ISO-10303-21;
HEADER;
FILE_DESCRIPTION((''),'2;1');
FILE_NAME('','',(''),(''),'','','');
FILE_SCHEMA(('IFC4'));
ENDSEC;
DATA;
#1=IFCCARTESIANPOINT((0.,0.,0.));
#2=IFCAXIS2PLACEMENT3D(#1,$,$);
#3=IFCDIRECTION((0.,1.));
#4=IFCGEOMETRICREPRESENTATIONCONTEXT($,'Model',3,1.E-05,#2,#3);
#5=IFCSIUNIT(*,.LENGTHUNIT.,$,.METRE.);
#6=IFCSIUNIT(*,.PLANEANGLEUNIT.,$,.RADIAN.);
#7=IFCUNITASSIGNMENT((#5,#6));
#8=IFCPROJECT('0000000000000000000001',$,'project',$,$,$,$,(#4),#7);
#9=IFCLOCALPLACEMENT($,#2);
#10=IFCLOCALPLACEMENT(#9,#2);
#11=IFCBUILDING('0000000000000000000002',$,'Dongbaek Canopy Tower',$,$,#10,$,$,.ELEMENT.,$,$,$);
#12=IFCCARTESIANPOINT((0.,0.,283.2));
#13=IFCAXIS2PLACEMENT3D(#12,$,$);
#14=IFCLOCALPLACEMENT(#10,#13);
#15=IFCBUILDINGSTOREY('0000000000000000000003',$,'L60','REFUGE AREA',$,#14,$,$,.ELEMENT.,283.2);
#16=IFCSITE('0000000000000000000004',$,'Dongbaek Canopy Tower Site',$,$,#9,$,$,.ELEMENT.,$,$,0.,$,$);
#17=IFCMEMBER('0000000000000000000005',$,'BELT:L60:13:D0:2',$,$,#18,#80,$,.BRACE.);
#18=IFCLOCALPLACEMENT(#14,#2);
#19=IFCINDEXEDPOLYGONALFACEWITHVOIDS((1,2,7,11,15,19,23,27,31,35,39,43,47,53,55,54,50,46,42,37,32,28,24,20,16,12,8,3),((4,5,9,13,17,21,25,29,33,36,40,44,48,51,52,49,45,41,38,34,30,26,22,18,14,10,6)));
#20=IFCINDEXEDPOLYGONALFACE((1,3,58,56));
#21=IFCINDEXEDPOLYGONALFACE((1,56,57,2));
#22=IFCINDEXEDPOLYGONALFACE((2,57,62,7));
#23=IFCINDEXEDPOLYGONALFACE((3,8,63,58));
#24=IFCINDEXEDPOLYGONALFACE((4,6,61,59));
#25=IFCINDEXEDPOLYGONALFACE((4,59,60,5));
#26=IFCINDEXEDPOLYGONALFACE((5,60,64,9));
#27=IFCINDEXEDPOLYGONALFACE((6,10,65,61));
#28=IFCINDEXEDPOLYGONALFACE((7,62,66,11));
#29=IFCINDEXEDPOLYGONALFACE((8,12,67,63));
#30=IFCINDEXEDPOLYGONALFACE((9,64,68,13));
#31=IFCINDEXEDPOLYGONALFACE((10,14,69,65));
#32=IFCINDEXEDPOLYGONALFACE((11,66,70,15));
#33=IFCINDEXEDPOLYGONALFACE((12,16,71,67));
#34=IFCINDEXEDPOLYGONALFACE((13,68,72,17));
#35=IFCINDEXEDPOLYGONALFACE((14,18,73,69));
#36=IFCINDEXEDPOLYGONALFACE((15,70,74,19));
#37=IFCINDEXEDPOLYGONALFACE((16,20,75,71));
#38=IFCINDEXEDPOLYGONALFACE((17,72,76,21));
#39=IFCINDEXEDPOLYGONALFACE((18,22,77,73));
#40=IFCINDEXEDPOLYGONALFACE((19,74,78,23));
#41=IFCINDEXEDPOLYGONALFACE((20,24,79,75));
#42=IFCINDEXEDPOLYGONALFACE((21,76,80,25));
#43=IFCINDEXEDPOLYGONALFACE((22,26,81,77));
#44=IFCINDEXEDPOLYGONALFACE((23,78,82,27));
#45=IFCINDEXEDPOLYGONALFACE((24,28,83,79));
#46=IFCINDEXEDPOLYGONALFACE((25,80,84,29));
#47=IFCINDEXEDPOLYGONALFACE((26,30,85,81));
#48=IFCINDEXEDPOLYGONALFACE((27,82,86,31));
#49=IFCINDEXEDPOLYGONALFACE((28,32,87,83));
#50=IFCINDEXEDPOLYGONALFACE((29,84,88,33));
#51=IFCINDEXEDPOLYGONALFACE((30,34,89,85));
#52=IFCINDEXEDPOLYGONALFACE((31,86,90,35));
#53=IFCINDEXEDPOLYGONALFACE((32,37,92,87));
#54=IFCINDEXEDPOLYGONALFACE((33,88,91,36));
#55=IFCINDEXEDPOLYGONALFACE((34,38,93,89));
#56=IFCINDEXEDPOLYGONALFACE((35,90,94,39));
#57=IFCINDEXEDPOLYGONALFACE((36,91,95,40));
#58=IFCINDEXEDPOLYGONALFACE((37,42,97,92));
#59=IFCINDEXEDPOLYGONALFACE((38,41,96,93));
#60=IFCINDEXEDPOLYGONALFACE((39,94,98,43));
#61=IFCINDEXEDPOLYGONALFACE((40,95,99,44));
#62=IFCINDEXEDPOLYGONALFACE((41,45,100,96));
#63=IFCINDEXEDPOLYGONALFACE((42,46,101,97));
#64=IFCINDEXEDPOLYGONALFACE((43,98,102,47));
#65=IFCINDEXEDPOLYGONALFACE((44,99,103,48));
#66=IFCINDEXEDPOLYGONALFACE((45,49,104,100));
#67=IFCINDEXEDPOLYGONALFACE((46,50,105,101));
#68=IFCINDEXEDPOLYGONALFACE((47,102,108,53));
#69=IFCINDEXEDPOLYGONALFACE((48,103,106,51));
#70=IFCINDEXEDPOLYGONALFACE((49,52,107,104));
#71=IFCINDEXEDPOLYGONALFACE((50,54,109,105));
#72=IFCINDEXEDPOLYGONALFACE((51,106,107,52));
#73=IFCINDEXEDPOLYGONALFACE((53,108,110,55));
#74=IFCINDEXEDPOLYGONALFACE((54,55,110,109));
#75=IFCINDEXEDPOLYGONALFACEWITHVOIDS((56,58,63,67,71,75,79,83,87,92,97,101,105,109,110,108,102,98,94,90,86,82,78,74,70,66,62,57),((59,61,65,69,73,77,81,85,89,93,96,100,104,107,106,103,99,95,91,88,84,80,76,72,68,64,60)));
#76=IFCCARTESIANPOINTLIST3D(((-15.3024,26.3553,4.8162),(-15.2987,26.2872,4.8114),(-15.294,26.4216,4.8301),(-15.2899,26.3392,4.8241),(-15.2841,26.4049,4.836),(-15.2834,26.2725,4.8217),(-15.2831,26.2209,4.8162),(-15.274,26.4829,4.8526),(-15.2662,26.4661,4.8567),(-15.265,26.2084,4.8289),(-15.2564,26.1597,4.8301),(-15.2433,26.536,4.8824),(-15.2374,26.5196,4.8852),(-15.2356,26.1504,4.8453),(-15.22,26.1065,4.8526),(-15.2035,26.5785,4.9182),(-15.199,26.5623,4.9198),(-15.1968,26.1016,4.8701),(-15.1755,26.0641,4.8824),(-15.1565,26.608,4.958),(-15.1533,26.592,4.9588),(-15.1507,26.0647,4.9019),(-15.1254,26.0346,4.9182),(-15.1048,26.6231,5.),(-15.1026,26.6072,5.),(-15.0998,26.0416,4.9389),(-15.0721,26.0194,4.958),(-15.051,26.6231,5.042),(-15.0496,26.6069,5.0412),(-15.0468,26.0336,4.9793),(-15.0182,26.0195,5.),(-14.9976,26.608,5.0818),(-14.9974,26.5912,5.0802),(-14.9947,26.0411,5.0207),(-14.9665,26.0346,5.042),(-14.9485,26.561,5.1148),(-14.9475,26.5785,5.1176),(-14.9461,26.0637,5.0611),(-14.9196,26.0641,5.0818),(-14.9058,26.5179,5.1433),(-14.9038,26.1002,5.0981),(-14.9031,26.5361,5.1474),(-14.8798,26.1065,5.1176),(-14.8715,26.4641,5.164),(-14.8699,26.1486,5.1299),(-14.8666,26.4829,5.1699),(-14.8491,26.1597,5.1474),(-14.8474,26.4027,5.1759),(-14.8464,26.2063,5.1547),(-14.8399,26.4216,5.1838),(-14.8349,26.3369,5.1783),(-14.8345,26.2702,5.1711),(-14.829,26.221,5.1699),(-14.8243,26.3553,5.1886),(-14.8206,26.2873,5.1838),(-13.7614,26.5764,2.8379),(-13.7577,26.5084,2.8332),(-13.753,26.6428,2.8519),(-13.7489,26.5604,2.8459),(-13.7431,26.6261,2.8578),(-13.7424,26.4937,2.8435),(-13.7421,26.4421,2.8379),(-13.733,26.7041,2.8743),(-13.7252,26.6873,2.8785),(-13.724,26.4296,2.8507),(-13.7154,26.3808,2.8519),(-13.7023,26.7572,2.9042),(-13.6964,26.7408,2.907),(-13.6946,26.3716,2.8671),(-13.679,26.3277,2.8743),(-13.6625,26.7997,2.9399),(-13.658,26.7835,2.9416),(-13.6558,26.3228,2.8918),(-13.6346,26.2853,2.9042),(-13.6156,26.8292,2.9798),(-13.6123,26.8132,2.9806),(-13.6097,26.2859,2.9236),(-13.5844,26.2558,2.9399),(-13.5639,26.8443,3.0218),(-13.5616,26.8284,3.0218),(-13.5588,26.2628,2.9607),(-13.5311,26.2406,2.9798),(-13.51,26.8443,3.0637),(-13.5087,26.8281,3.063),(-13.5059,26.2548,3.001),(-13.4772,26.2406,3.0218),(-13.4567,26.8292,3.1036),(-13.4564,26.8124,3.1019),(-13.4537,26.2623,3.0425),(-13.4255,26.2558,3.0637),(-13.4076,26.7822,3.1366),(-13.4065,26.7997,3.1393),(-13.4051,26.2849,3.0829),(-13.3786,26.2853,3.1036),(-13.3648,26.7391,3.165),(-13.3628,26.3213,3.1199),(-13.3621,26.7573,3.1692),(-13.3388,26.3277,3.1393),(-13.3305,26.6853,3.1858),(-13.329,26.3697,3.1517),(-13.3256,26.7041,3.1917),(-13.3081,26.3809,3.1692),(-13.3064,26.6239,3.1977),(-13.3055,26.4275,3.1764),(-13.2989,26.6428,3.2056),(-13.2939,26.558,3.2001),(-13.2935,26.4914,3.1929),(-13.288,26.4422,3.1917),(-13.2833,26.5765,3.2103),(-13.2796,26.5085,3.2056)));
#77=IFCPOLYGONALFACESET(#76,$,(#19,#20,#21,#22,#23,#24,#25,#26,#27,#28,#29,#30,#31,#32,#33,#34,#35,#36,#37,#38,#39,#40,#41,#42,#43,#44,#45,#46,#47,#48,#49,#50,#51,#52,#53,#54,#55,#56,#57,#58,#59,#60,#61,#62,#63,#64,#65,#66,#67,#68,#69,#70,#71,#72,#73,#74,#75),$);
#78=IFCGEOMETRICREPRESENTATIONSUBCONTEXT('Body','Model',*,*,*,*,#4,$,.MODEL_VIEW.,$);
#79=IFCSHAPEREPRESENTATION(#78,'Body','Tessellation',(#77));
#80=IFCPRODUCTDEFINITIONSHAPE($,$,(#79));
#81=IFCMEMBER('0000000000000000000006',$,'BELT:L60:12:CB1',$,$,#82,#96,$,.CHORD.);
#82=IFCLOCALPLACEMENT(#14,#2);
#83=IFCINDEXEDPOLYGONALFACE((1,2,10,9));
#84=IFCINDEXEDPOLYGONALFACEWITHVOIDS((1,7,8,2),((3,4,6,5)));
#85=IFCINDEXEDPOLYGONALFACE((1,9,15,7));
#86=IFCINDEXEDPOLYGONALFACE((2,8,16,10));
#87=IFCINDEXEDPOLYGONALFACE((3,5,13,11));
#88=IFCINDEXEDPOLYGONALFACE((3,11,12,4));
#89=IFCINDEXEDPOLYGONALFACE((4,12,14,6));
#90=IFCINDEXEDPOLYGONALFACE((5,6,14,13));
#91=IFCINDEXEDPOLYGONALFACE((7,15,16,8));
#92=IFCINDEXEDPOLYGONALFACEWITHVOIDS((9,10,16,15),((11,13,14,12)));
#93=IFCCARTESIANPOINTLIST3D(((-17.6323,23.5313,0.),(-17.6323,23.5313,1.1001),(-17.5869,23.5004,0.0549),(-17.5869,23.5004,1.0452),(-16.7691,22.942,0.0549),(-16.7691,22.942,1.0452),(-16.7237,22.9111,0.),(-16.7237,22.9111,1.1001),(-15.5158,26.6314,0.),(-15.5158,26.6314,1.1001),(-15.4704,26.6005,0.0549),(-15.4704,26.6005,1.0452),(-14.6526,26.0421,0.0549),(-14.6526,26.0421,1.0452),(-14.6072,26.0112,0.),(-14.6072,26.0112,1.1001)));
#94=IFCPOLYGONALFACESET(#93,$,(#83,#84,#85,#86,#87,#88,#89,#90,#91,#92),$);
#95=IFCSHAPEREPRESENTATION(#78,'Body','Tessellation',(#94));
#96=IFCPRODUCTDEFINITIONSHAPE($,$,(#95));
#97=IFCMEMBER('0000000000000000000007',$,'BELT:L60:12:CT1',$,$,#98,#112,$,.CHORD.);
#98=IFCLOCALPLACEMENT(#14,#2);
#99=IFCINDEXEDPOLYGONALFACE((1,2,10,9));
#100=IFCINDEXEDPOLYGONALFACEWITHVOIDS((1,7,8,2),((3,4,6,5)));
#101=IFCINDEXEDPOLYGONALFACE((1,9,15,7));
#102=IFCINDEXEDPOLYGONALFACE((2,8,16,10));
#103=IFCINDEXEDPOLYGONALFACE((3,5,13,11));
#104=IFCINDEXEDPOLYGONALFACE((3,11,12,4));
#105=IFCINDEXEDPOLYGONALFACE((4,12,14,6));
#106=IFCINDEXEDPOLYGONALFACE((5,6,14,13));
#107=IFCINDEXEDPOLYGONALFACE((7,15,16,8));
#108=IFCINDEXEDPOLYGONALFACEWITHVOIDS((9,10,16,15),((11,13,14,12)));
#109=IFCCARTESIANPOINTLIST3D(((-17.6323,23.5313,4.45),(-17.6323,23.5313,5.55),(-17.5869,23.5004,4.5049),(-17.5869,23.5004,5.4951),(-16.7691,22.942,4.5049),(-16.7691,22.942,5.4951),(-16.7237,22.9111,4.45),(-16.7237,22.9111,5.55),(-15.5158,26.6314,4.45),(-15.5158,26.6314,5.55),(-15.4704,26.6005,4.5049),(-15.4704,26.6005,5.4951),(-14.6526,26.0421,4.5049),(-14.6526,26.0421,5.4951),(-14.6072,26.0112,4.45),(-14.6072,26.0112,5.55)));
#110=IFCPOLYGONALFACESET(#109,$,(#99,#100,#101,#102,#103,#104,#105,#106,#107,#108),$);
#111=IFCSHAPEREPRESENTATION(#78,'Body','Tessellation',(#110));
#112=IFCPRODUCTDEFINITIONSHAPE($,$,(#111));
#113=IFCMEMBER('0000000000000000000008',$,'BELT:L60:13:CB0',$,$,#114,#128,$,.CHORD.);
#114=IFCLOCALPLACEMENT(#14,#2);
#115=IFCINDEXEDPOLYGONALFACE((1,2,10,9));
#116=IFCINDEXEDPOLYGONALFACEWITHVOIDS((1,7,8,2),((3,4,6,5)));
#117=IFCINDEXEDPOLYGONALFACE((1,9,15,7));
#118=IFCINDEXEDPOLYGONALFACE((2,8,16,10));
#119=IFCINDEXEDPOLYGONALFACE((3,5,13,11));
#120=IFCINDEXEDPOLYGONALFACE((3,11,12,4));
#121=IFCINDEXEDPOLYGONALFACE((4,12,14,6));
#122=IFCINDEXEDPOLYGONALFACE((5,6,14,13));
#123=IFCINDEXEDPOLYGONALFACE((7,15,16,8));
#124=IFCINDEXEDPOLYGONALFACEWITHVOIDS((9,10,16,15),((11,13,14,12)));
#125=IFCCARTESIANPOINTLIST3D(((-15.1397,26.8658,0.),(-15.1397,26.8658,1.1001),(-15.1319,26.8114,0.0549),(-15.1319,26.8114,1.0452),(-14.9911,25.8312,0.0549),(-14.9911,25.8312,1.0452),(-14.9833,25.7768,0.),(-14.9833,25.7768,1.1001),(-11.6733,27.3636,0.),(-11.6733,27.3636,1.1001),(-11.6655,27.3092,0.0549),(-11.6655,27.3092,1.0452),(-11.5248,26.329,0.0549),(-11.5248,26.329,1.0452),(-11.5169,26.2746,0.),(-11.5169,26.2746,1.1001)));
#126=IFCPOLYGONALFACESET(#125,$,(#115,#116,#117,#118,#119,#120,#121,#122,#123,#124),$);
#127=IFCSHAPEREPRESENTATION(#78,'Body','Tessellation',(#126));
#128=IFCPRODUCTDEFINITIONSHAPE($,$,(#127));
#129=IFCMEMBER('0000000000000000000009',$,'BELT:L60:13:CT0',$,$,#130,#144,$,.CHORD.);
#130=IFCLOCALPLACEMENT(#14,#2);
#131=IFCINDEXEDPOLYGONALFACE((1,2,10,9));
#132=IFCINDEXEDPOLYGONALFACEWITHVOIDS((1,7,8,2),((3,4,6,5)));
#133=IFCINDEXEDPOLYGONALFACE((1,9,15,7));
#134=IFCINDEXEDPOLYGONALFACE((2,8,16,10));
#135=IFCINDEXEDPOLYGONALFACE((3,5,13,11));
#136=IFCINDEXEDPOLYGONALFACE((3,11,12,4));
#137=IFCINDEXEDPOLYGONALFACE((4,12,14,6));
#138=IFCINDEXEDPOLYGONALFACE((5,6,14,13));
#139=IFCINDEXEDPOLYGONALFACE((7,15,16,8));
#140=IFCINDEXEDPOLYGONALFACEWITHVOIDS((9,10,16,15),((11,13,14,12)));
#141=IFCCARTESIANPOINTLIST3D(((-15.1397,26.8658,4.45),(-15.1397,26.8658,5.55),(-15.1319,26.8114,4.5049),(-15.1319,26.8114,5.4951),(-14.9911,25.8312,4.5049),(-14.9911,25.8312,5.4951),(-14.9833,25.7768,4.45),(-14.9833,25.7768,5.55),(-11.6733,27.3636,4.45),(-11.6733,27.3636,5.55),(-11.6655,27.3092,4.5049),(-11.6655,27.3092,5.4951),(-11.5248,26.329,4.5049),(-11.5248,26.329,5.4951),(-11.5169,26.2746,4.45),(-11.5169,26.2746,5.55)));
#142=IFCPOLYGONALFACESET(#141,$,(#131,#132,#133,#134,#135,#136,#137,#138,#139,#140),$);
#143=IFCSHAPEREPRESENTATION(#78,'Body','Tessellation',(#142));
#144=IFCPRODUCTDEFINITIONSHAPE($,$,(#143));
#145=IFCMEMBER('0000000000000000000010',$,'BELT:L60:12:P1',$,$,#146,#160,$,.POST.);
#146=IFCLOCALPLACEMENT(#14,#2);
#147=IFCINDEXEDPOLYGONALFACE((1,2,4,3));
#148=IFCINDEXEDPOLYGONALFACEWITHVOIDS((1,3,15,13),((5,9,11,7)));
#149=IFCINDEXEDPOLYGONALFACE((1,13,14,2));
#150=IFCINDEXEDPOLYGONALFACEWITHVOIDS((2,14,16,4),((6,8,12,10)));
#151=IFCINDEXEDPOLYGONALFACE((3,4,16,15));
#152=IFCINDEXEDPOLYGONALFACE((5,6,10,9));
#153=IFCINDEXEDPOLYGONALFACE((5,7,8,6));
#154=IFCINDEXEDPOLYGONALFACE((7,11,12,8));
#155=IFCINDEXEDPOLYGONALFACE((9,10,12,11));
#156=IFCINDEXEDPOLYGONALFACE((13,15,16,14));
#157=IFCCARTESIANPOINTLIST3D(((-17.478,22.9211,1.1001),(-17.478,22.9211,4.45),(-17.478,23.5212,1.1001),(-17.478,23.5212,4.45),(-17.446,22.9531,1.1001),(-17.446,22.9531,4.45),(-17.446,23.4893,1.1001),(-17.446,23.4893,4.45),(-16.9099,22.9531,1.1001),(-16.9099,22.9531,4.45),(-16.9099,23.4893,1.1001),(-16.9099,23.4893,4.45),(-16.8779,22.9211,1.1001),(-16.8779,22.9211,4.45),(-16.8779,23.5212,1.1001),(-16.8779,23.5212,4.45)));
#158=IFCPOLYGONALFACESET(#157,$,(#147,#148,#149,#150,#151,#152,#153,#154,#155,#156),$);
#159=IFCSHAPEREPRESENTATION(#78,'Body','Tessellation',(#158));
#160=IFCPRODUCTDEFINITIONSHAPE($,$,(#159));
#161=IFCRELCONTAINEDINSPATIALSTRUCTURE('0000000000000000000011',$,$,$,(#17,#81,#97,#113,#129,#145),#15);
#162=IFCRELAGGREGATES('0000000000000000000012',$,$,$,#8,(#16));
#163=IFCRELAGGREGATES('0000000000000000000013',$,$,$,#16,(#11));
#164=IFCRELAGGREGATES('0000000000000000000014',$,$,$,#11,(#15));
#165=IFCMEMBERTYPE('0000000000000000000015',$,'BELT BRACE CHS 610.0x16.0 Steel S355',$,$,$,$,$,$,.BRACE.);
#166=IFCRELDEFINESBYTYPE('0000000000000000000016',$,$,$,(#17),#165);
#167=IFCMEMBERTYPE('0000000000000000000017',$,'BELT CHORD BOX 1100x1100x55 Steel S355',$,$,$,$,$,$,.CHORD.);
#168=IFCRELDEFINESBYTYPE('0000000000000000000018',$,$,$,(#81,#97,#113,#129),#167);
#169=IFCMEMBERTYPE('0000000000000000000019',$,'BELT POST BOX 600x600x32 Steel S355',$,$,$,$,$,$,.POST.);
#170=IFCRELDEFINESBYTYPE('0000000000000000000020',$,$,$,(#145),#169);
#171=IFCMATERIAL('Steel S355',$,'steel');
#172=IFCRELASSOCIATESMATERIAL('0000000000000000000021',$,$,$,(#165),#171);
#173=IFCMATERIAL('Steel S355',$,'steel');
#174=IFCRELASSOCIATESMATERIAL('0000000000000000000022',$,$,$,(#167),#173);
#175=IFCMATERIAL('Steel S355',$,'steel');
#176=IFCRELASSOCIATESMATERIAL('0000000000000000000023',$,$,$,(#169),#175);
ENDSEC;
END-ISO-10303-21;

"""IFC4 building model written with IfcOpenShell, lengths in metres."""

from ifc_helpers import new_model, si_unit, direction, frame, origin, origin_2d, place, context, subcontext, project, spatial, hollow_rectangle, hollow_circle, extrude, material, material_profile, profile_set, type_object, element, save


model = new_model("IFC4")

# Units and contexts
model_context = context("Model", 3, precision=1e-05, world=origin(), true_north=direction((0.0, 1.0)))
body_context = subcontext(model_context, "Body", "Model", "MODEL_VIEW")
ifc_project = project(units=[si_unit("LENGTHUNIT", "METRE"), si_unit("PLANEANGLEUNIT", "RADIAN")], contexts=[model_context])

# Site, building, storey
site_placement = place(None, origin())
site = spatial("IfcSite", under=ifc_project, at=site_placement, Name="Dongbaek Canopy Tower Site", CompositionType="ELEMENT", RefElevation=0.0)
building_placement = place(site_placement, origin())
building = spatial("IfcBuilding", under=site, at=building_placement, Name="Dongbaek Canopy Tower", CompositionType="ELEMENT")
storey_placement = place(building_placement, frame((0.0, 0.0, 283.2)))
storey = spatial("IfcBuildingStorey", under=building, at=storey_placement, Name="L60", Description="REFUGE AREA", CompositionType="ELEMENT", Elevation=283.2)

# Members
ifc_material_1 = material(Name="Steel S355", Category="steel")
ifc_material_profile_1 = material_profile(ifc_material_1, hollow_circle(Radius=0.3049, WallThickness=0.0161, at=origin_2d()), Name="BELT BRACE CHS 610.0x16.0 Steel S355")
ifc_profile_set_1 = profile_set([ifc_material_profile_1], Name="Steel S355")
member_type_1 = type_object("IfcMemberType", Name="BELT BRACE CHS 610.0x16.0 Steel S355", PredefinedType="BRACE", material=ifc_profile_set_1)
member_1_placement = place(storey_placement, frame((-15.0615, 26.3213, 5.0), z_axis=(0.61215, 0.087866, -0.785845), x_axis=(-0.14208, 0.989855, 0.0)))
element("IfcMember", 1, at=member_1_placement, inside=storey, type_object=member_type_1, Name="BELT:L60:13:D0:2", PredefinedType="BRACE", context=body_context, shape_type="SweptSolid", body=[
    extrude(hollow_circle(Radius=0.3049, WallThickness=0.0161, at=origin_2d()), origin(), (0.0, 0.0, 1.0), 2.5173),
])
ifc_material_2 = material(Name="Steel S355", Category="steel")
ifc_material_profile_2 = material_profile(ifc_material_2, hollow_rectangle(XDim=1.1001, YDim=1.1001, WallThickness=0.0549, at=origin_2d()), Name="BELT CHORD BOX 1100x1100x55 Steel S355")
ifc_profile_set_2 = profile_set([ifc_material_profile_2], Name="Steel S355")
member_type_2 = type_object("IfcMemberType", Name="BELT CHORD BOX 1100x1100x55 Steel S355", PredefinedType="CHORD", material=ifc_profile_set_2)
for number, where, z_axis, x_axis, name in (
    (2, (-17.178, 23.2212, 0.55), (0.563837, 0.825886, 0.0), (-0.825886, 0.563837, 0.0), "BELT:L60:12:CB1"),
    (3, (-17.178, 23.2212, 5.0), (0.563837, 0.825886, 0.0), (-0.825886, 0.563837, 0.0), "BELT:L60:12:CT1"),
):
    element("IfcMember", number, at=place(storey_placement, frame(where, z_axis=z_axis, x_axis=x_axis)), inside=storey, type_object=member_type_2, Name=name, PredefinedType="CHORD", context=body_context, shape_type="SweptSolid", body=[
        extrude(hollow_rectangle(XDim=1.1001, YDim=1.1001, WallThickness=0.0549, at=origin_2d()), origin(), (0.0, 0.0, 1.0), 3.7537),
    ])
for number, where, z_axis, x_axis, name in (
    (4, (-15.0615, 26.3213, 0.55), (0.989845, 0.142153, 0.0), (-0.142153, 0.989845, 0.0), "BELT:L60:13:CB0"),
    (5, (-15.0615, 26.3213, 5.0), (0.989845, 0.142153, 0.0), (-0.142153, 0.989845, 0.0), "BELT:L60:13:CT0"),
):
    element("IfcMember", number, at=place(storey_placement, frame(where, z_axis=z_axis, x_axis=x_axis)), inside=storey, type_object=member_type_2, Name=name, PredefinedType="CHORD", context=body_context, shape_type="SweptSolid", body=[
        extrude(hollow_rectangle(XDim=1.1001, YDim=1.1001, WallThickness=0.0549, at=origin_2d()), origin(), (0.0, 0.0, 1.0), 3.502),
    ])
ifc_material_3 = material(Name="Steel S355", Category="steel")
ifc_material_profile_3 = material_profile(ifc_material_3, hollow_rectangle(XDim=0.6001, YDim=0.6001, WallThickness=0.032, at=origin_2d()), Name="BELT POST BOX 600x600x32 Steel S355")
ifc_profile_set_3 = profile_set([ifc_material_profile_3], Name="Steel S355")
member_type_3 = type_object("IfcMemberType", Name="BELT POST BOX 600x600x32 Steel S355", PredefinedType="POST", material=ifc_profile_set_3)
member_2_placement = place(storey_placement, frame((-17.178, 23.2212, 1.1001), z_axis=(0.0, 0.0, 1.0), x_axis=(1.0, 0.0, 0.0)))
element("IfcMember", 6, at=member_2_placement, inside=storey, type_object=member_type_3, Name="BELT:L60:12:P1", PredefinedType="POST", context=body_context, shape_type="SweptSolid", body=[
    extrude(hollow_rectangle(XDim=0.6001, YDim=0.6001, WallThickness=0.032, at=origin_2d()), origin(), (0.0, 0.0, 1.0), 3.3499),
])

save(model, "model.ifc")
